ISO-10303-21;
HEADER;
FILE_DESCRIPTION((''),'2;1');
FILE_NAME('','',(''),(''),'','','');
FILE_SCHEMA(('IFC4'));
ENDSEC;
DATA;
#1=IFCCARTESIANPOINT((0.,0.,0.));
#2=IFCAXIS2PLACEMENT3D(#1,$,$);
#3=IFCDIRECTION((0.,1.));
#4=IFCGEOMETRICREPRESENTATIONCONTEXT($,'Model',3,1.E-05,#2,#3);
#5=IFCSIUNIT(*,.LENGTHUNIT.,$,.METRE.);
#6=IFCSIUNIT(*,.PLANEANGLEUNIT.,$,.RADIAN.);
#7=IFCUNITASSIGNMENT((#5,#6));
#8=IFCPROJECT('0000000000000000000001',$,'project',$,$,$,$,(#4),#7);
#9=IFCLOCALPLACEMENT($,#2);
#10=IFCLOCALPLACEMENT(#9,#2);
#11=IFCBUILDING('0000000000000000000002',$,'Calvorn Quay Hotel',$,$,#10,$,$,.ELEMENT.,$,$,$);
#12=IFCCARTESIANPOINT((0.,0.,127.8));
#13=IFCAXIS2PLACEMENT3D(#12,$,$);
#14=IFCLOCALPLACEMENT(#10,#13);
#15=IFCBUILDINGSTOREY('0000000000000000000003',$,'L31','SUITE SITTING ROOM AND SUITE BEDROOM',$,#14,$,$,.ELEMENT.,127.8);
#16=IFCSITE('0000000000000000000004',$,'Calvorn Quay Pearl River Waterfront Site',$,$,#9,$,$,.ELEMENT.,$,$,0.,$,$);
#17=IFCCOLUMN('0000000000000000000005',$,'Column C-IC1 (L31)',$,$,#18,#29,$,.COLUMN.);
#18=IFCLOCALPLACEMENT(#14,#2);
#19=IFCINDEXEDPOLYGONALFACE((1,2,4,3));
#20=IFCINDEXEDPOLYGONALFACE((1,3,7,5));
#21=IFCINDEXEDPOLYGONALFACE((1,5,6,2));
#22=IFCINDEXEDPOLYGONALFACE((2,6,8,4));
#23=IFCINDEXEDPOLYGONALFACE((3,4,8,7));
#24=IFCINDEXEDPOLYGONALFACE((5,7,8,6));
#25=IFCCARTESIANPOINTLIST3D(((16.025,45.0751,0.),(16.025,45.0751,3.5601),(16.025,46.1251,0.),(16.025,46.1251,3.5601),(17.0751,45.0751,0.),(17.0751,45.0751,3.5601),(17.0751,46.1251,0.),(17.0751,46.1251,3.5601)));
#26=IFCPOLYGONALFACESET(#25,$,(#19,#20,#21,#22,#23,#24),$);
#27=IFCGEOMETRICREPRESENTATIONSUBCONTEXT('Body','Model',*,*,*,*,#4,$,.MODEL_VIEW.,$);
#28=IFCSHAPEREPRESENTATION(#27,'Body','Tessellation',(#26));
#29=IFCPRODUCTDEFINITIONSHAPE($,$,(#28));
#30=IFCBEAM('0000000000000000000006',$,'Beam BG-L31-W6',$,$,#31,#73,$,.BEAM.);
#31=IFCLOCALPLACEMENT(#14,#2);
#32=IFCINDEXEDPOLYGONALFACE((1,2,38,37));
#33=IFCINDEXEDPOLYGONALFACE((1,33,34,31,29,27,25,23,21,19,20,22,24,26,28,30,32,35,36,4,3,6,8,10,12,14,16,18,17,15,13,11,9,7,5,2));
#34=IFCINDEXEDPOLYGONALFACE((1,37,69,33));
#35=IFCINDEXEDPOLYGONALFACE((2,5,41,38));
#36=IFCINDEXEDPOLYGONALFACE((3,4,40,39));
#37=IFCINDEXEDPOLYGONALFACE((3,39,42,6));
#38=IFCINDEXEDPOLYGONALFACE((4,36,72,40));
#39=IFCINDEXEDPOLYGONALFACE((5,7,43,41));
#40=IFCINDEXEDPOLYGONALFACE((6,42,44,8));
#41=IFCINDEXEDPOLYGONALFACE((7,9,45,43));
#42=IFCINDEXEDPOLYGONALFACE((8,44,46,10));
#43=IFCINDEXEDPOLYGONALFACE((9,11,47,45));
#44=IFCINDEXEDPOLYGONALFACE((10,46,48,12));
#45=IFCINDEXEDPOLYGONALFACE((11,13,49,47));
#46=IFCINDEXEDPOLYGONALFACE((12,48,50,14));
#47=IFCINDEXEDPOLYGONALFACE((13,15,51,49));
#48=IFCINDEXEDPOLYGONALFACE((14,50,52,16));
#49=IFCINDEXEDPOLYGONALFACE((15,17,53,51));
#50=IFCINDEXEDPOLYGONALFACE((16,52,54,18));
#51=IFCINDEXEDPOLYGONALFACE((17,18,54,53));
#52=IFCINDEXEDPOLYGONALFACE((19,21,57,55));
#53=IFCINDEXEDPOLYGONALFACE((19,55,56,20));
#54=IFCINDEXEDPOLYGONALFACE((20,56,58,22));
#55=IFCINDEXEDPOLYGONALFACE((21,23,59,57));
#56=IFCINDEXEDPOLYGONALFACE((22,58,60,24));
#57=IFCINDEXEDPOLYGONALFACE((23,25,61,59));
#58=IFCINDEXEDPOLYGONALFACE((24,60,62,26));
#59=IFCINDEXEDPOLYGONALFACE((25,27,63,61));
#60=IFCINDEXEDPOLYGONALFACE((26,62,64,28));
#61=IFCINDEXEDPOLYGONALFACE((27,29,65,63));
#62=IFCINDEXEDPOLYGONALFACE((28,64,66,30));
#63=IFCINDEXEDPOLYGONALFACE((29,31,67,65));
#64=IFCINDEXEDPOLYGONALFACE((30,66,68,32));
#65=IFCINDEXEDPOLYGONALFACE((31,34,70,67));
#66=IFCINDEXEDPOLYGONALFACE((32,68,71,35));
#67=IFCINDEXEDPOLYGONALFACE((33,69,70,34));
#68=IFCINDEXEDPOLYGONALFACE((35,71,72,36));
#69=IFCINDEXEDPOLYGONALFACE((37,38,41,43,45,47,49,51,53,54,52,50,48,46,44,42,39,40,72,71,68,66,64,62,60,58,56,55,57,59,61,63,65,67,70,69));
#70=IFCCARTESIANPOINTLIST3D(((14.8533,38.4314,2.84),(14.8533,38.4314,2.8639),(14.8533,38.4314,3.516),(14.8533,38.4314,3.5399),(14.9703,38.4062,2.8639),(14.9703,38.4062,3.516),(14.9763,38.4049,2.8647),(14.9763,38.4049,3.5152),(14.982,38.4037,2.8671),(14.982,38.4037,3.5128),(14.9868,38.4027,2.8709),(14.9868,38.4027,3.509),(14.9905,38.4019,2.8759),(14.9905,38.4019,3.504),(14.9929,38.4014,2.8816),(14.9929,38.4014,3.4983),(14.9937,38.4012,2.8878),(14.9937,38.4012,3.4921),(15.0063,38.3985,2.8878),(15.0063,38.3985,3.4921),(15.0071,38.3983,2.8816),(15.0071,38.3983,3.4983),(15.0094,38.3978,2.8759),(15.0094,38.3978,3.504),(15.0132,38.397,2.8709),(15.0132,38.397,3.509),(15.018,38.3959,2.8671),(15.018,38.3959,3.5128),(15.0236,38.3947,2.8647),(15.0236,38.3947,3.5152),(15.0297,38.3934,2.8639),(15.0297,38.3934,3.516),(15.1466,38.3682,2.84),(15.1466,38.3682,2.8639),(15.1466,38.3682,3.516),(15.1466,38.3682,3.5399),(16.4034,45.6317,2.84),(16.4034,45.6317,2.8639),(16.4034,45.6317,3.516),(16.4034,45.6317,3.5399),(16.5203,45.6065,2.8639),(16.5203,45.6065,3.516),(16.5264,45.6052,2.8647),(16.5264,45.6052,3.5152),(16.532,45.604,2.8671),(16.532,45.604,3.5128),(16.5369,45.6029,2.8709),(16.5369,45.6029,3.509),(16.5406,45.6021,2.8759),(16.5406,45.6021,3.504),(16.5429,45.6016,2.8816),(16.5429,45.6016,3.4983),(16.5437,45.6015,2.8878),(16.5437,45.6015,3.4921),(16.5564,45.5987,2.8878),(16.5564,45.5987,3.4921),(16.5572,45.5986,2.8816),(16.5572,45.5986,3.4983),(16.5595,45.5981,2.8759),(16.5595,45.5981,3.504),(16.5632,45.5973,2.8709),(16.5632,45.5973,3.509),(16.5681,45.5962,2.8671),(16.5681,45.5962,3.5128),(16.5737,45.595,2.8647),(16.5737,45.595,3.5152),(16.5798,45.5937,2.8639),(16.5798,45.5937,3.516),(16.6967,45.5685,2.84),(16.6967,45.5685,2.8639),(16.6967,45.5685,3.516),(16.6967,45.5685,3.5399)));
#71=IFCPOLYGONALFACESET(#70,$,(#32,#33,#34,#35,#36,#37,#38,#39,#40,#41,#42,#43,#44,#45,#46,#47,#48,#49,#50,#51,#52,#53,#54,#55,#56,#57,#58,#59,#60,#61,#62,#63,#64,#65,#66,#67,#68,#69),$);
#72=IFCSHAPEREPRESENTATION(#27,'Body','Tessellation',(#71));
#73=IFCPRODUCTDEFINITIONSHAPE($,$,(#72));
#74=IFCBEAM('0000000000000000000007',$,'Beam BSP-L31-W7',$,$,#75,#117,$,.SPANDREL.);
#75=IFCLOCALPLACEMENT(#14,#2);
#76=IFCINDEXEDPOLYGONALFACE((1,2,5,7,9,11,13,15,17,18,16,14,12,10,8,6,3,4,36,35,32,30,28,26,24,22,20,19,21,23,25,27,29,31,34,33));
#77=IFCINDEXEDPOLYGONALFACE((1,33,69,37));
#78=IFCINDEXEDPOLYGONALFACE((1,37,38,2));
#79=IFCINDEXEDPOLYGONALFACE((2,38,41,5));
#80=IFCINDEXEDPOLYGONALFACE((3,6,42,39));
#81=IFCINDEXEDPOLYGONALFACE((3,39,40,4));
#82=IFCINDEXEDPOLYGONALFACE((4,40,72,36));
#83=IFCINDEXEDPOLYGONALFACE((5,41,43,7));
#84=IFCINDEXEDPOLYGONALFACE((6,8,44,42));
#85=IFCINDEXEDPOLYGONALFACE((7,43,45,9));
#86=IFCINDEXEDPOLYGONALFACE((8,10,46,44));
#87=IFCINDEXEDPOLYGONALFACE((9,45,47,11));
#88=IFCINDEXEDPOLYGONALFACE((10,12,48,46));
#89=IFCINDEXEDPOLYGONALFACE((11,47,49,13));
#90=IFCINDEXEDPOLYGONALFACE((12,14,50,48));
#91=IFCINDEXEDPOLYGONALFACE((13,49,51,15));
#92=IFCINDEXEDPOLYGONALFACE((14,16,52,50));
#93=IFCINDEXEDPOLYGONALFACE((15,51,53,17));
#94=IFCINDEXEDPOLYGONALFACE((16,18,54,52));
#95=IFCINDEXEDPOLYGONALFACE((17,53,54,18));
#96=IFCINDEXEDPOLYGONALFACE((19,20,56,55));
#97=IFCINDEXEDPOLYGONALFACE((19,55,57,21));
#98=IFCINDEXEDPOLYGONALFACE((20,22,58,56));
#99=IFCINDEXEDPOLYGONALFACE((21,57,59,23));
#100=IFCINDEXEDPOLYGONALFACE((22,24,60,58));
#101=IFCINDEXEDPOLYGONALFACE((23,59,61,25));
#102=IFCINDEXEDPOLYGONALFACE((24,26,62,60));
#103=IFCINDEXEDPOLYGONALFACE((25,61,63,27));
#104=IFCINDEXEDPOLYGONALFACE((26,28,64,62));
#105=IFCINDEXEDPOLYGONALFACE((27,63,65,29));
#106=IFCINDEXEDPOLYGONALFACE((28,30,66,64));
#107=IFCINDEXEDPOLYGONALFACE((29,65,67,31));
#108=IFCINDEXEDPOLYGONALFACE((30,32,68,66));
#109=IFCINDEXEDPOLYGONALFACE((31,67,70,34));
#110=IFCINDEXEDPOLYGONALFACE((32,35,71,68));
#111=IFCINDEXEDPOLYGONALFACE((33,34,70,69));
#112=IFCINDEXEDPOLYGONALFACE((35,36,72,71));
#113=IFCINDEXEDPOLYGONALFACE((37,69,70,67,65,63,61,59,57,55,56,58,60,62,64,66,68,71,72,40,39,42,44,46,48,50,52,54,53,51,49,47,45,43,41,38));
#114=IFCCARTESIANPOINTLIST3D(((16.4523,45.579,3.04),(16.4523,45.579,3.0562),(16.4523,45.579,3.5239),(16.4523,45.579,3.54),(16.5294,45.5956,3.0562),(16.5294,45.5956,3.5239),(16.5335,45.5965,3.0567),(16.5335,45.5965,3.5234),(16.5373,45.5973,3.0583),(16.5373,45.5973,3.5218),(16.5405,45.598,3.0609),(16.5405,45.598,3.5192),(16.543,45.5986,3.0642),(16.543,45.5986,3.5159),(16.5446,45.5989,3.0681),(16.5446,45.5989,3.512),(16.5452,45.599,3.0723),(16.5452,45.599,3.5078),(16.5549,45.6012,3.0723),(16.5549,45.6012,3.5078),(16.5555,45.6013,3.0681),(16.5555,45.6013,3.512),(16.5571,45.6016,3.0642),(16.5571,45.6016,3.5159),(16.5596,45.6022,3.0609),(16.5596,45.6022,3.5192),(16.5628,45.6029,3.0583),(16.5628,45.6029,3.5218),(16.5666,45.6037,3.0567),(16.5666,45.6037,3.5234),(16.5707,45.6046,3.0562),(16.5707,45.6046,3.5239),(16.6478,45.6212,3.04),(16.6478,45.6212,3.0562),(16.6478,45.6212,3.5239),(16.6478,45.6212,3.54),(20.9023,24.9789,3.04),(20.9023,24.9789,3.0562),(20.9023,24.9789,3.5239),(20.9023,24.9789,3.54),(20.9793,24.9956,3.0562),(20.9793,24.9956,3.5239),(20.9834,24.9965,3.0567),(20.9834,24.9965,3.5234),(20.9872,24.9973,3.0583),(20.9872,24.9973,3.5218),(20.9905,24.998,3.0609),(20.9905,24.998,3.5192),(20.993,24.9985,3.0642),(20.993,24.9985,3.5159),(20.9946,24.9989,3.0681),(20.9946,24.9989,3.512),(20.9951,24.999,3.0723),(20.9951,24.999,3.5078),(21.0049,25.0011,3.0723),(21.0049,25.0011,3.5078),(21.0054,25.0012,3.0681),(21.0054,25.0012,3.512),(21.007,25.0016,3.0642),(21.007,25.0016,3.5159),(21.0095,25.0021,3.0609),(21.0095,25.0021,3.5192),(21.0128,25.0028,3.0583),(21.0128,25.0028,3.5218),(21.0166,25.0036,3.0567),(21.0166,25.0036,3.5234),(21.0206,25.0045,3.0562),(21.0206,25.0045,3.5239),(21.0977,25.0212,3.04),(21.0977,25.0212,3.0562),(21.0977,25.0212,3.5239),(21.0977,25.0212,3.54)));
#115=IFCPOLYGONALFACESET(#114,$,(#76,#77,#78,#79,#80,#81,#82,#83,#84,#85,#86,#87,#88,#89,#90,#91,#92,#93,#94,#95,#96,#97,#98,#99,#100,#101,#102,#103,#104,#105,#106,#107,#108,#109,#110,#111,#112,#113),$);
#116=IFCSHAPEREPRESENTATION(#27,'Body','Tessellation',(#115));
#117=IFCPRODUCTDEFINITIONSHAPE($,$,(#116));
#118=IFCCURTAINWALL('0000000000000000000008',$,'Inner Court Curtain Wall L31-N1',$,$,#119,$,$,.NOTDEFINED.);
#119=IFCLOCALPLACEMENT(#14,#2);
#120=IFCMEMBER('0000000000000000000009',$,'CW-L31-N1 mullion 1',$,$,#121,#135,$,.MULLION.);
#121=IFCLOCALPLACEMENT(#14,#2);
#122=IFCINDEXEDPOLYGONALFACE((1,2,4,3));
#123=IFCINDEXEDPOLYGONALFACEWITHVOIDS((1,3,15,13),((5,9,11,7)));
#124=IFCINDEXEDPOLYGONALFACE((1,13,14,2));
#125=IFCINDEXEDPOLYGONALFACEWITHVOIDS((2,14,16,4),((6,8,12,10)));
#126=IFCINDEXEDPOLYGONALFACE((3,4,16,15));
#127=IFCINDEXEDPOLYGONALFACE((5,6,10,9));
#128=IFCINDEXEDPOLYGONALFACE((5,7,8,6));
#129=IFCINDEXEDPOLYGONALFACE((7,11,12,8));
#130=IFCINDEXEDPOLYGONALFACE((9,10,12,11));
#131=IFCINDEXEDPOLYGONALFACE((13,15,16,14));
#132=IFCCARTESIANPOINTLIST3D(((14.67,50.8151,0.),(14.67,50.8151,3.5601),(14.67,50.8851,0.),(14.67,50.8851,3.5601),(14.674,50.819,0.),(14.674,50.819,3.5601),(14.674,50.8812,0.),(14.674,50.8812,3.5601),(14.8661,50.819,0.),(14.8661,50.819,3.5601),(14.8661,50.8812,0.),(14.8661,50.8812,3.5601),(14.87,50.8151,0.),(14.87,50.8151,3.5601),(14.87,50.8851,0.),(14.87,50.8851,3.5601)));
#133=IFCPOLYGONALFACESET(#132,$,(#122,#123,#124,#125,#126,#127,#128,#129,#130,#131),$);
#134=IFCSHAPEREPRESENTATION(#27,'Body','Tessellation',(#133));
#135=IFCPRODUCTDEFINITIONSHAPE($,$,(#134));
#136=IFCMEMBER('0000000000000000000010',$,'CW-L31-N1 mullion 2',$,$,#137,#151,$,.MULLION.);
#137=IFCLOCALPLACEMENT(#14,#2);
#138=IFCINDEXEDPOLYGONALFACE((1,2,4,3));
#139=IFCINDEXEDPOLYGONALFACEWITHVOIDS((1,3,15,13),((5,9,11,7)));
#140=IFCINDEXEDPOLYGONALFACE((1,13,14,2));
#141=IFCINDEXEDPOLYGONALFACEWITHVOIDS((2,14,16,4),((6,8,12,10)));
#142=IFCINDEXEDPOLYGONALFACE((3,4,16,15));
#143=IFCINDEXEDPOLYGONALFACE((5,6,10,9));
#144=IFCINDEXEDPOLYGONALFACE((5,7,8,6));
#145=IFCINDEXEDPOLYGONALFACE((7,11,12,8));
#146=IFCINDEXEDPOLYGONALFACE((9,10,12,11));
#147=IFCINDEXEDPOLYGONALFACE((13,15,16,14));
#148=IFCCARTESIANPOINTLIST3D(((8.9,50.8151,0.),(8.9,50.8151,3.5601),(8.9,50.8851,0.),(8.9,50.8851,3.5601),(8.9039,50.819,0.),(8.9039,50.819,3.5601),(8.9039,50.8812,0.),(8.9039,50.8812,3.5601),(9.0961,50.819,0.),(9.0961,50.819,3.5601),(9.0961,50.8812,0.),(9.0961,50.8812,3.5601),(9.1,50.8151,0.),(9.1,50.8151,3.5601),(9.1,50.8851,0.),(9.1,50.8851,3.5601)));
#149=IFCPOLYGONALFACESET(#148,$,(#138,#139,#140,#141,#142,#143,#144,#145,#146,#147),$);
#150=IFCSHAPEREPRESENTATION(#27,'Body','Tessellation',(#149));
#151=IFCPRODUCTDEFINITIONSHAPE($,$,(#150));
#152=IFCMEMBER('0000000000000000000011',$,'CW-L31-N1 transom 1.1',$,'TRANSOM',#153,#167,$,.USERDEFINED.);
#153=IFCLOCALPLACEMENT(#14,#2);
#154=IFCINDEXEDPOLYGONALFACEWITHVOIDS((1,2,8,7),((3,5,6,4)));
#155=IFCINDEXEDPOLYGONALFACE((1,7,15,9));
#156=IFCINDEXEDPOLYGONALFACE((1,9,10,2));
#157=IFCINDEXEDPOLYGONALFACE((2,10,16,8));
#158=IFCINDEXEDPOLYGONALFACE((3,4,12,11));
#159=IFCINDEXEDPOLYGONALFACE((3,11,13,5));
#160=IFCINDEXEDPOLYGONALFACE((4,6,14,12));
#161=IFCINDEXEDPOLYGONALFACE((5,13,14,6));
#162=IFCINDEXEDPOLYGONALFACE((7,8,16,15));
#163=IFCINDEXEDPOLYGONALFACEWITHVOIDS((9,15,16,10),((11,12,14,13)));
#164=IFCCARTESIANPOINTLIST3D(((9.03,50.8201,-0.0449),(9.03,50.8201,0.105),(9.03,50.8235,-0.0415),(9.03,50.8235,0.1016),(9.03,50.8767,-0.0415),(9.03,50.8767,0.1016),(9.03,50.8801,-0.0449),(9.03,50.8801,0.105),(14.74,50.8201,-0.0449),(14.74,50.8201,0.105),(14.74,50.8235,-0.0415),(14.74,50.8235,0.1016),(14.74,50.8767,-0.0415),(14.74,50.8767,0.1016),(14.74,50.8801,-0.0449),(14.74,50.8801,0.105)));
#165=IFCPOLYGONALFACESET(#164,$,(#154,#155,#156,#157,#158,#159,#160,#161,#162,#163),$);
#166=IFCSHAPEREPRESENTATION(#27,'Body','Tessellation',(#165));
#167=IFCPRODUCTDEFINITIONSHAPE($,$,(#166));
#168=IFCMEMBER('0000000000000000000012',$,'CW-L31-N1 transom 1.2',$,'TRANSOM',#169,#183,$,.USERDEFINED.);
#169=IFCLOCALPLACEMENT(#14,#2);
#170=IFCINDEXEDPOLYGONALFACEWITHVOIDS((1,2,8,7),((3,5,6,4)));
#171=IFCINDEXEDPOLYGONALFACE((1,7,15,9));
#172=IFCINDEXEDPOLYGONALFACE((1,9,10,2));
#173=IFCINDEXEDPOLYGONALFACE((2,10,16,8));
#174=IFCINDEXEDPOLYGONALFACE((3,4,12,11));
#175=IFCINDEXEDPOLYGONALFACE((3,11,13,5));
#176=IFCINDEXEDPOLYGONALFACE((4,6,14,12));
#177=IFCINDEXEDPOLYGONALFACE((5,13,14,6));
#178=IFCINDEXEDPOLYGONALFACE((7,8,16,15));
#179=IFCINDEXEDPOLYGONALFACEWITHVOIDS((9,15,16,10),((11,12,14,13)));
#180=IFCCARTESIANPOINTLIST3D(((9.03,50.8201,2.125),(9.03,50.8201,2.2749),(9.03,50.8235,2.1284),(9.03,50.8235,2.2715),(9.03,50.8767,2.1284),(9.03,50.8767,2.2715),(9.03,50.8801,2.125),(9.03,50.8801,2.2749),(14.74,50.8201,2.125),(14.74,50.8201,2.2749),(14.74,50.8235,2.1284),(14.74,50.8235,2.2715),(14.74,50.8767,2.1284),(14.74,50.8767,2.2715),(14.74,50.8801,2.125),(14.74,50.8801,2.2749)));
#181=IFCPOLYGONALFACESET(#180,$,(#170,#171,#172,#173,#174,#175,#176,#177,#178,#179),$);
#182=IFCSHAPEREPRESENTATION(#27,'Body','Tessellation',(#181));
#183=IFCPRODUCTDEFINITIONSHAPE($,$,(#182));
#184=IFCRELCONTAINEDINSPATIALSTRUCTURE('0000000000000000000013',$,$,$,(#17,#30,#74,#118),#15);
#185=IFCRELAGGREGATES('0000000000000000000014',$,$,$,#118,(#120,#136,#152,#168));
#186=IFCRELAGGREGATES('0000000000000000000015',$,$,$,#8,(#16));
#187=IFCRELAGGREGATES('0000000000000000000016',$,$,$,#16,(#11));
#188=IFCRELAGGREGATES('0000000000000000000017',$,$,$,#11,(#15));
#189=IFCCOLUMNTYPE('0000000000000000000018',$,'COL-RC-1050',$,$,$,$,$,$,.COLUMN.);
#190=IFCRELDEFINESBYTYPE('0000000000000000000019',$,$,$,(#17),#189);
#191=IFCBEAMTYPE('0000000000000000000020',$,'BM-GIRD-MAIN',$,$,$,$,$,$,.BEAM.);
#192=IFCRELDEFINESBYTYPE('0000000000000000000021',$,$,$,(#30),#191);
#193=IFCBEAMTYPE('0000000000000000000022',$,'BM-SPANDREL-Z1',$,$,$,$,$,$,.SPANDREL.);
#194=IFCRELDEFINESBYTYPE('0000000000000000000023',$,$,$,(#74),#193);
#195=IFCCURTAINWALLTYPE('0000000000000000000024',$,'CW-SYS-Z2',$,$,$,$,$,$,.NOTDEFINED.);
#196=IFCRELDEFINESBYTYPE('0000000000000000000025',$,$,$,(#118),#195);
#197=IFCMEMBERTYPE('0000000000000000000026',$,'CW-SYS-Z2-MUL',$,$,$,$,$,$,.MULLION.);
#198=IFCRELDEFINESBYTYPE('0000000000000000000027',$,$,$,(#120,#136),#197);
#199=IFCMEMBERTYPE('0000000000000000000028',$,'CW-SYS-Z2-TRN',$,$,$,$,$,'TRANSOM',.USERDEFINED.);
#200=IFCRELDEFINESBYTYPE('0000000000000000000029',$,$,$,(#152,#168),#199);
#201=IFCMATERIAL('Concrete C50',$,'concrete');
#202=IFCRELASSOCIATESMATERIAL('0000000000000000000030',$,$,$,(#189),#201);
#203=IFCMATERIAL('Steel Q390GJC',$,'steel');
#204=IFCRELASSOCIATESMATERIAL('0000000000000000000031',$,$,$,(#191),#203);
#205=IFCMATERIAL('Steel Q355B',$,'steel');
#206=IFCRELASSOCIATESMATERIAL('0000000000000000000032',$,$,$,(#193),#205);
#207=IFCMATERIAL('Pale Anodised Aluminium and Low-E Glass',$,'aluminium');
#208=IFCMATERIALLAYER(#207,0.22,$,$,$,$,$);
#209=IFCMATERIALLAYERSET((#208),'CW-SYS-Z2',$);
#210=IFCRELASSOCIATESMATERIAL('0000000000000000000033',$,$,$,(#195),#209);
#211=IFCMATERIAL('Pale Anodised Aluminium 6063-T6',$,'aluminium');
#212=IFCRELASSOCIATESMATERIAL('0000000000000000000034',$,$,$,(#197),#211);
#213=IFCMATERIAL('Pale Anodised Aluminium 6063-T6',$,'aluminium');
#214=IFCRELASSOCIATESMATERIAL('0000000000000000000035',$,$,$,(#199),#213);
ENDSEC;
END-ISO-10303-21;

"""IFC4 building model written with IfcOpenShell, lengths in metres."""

from ifc_helpers import new_model, si_unit, direction, frame, origin, origin_2d, place, context, subcontext, project, spatial, rectangle, hollow_rectangle, i_section, extrude, material, layer, layer_set, material_profile, profile_set, type_object, element, aggregate, save


model = new_model("IFC4")

# Units and contexts
model_context = context("Model", 3, precision=1e-05, world=origin(), true_north=direction((0.0, 1.0)))
body_context = subcontext(model_context, "Body", "Model", "MODEL_VIEW")
ifc_project = project(units=[si_unit("LENGTHUNIT", "METRE"), si_unit("PLANEANGLEUNIT", "RADIAN")], contexts=[model_context])

# Site, building, storey
site_placement = place(None, origin())
site = spatial("IfcSite", under=ifc_project, at=site_placement, Name="Calvorn Quay Pearl River Waterfront Site", CompositionType="ELEMENT", RefElevation=0.0)
building_placement = place(site_placement, origin())
building = spatial("IfcBuilding", under=site, at=building_placement, Name="Calvorn Quay Hotel", CompositionType="ELEMENT")
storey_placement = place(building_placement, frame((0.0, 0.0, 127.8)))
storey = spatial("IfcBuildingStorey", under=building, at=storey_placement, Name="L31", Description="SUITE SITTING ROOM AND SUITE BEDROOM", CompositionType="ELEMENT", Elevation=127.8)

# Column
ifc_material_1 = material(Name="Concrete C50", Category="concrete")
ifc_material_profile_1 = material_profile(ifc_material_1, rectangle(XDim=1.05, YDim=1.05, at=origin_2d()), Name="RC1050x1050")
ifc_profile_set_1 = profile_set([ifc_material_profile_1], Name="Concrete C50")
column_type = type_object("IfcColumnType", Name="COL-RC-1050", PredefinedType="COLUMN", material=ifc_profile_set_1)
column_placement = place(storey_placement, frame((16.55, 45.6001, 0.0), z_axis=(0.0, 0.0, 1.0), x_axis=(1.0, 0.0, 0.0)))
element("IfcColumn", 1, at=column_placement, inside=storey, type_object=column_type, Name="Column C-IC1 (L31)", PredefinedType="COLUMN", context=body_context, shape_type="SweptSolid", body=[
    extrude(rectangle(XDim=1.05, YDim=1.05, at=origin_2d()), origin(), (0.0, 0.0, 1.0), 3.5601),
])

# Beams
ifc_material_2 = material(Name="Steel Q390GJC", Category="steel")
ifc_material_profile_2 = material_profile(ifc_material_2, i_section(OverallWidth=0.3, OverallDepth=0.7, WebThickness=0.0129, FlangeThickness=0.0239, FilletRadius=0.0239, at=origin_2d()), Name="HN700x300x13x24")
ifc_profile_set_2 = profile_set([ifc_material_profile_2], Name="Steel Q390GJC")
beam_type_1 = type_object("IfcBeamType", Name="BM-GIRD-MAIN", PredefinedType="BEAM", material=ifc_profile_set_2)
beam_1_placement = place(storey_placement, frame((16.55, 45.6001, 3.1899), z_axis=(-0.210457, -0.977603, 0.0), x_axis=(0.977603, -0.210457, 0.0)))
element("IfcBeam", 2, at=beam_1_placement, inside=storey, type_object=beam_type_1, Name="Beam BG-L31-W6", PredefinedType="BEAM", context=body_context, shape_type="SweptSolid", body=[
    extrude(i_section(OverallWidth=0.3, OverallDepth=0.7, WebThickness=0.0129, FlangeThickness=0.0239, FilletRadius=0.0239, at=origin_2d()), origin(), (0.0, 0.0, 1.0), 7.3652),
])
ifc_material_3 = material(Name="Steel Q355B", Category="steel")
ifc_material_profile_3 = material_profile(ifc_material_3, i_section(OverallWidth=0.2, OverallDepth=0.5, WebThickness=0.01, FlangeThickness=0.0161, FilletRadius=0.0161, at=origin_2d()), Name="HN500x200x10x16")
ifc_profile_set_3 = profile_set([ifc_material_profile_3], Name="Steel Q355B")
beam_type_2 = type_object("IfcBeamType", Name="BM-SPANDREL-Z1", PredefinedType="SPANDREL", material=ifc_profile_set_3)
beam_2_placement = place(storey_placement, frame((16.55, 45.6001, 3.29), z_axis=(0.211146, -0.977455, 0.0), x_axis=(0.977455, 0.211146, 0.0)))
element("IfcBeam", 3, at=beam_2_placement, inside=storey, type_object=beam_type_2, Name="Beam BSP-L31-W7", PredefinedType="SPANDREL", context=body_context, shape_type="SweptSolid", body=[
    extrude(i_section(OverallWidth=0.2, OverallDepth=0.5, WebThickness=0.01, FlangeThickness=0.0161, FilletRadius=0.0161, at=origin_2d()), origin(), (0.0, 0.0, 1.0), 21.0752),
])

# Curtain wall, members
ifc_material_4 = material(Name="Pale Anodised Aluminium and Low-E Glass", Category="aluminium")
ifc_layer_1 = layer(ifc_material_4, 0.22)
ifc_layer_set_1 = layer_set([ifc_layer_1], Name="CW-SYS-Z2")
curtain_wall_type = type_object("IfcCurtainWallType", Name="CW-SYS-Z2", PredefinedType="NOTDEFINED", material=ifc_layer_set_1)
curtain_wall_placement = place(storey_placement, origin())
curtain_wall = element("IfcCurtainWall", 4, at=curtain_wall_placement, inside=storey, type_object=curtain_wall_type, Name="Inner Court Curtain Wall L31-N1", PredefinedType="NOTDEFINED")
ifc_material_5 = material(Name="Pale Anodised Aluminium 6063-T6", Category="aluminium")
ifc_material_profile_4 = material_profile(ifc_material_5, hollow_rectangle(XDim=0.0701, YDim=0.2, WallThickness=0.0039, at=origin_2d()), Name="ALU-M200x70x4")
ifc_profile_set_4 = profile_set([ifc_material_profile_4], Name="Pale Anodised Aluminium 6063-T6")
member_type_1 = type_object("IfcMemberType", Name="CW-SYS-Z2-MUL", PredefinedType="MULLION", material=ifc_profile_set_4)
member_1_placement = place(storey_placement, frame((14.77, 50.8501, 0.0), z_axis=(0.0, 0.0, 1.0), x_axis=(0.0, -1.0, 0.0)))
member_1 = element("IfcMember", 5, at=member_1_placement, type_object=member_type_1, Name="CW-L31-N1 mullion 1", PredefinedType="MULLION", context=body_context, shape_type="SweptSolid", body=[
    extrude(hollow_rectangle(XDim=0.0701, YDim=0.2, WallThickness=0.0039, at=origin_2d()), origin(), (0.0, 0.0, 1.0), 3.5601),
])
member_2_placement = place(storey_placement, frame((9.0, 50.8501, 0.0), z_axis=(0.0, 0.0, 1.0), x_axis=(0.0, -1.0, 0.0)))
member_2 = element("IfcMember", 6, at=member_2_placement, type_object=member_type_1, Name="CW-L31-N1 mullion 2", PredefinedType="MULLION", context=body_context, shape_type="SweptSolid", body=[
    extrude(hollow_rectangle(XDim=0.0701, YDim=0.2, WallThickness=0.0039, at=origin_2d()), origin(), (0.0, 0.0, 1.0), 3.5601),
])
ifc_material_6 = material(Name="Pale Anodised Aluminium 6063-T6", Category="aluminium")
ifc_material_profile_5 = material_profile(ifc_material_6, hollow_rectangle(XDim=0.0601, YDim=0.1499, WallThickness=0.0034, at=origin_2d()), Name="ALU-T150x60x3.5")
ifc_profile_set_5 = profile_set([ifc_material_profile_5], Name="Pale Anodised Aluminium 6063-T6")
member_type_2 = type_object("IfcMemberType", Name="CW-SYS-Z2-TRN", ElementType="TRANSOM", PredefinedType="USERDEFINED", material=ifc_profile_set_5)
member_3_placement = place(storey_placement, frame((14.74, 50.8501, 0.03), z_axis=(-1.0, 0.0, 0.0), x_axis=(0.0, -1.0, 0.0)))
member_3 = element("IfcMember", 7, at=member_3_placement, type_object=member_type_2, Name="CW-L31-N1 transom 1.1", ObjectType="TRANSOM", PredefinedType="USERDEFINED", context=body_context, shape_type="SweptSolid", body=[
    extrude(hollow_rectangle(XDim=0.0601, YDim=0.1499, WallThickness=0.0034, at=origin_2d()), origin(), (0.0, 0.0, 1.0), 5.71),
])
member_4_placement = place(storey_placement, frame((14.74, 50.8501, 2.2), z_axis=(-1.0, 0.0, 0.0), x_axis=(0.0, -1.0, 0.0)))
member_4 = element("IfcMember", 8, at=member_4_placement, type_object=member_type_2, Name="CW-L31-N1 transom 1.2", ObjectType="TRANSOM", PredefinedType="USERDEFINED", context=body_context, shape_type="SweptSolid", body=[
    extrude(hollow_rectangle(XDim=0.0601, YDim=0.1499, WallThickness=0.0034, at=origin_2d()), origin(), (0.0, 0.0, 1.0), 5.71),
])
aggregate(curtain_wall, [member_1, member_2, member_3, member_4])

save(model, "model.ifc")
